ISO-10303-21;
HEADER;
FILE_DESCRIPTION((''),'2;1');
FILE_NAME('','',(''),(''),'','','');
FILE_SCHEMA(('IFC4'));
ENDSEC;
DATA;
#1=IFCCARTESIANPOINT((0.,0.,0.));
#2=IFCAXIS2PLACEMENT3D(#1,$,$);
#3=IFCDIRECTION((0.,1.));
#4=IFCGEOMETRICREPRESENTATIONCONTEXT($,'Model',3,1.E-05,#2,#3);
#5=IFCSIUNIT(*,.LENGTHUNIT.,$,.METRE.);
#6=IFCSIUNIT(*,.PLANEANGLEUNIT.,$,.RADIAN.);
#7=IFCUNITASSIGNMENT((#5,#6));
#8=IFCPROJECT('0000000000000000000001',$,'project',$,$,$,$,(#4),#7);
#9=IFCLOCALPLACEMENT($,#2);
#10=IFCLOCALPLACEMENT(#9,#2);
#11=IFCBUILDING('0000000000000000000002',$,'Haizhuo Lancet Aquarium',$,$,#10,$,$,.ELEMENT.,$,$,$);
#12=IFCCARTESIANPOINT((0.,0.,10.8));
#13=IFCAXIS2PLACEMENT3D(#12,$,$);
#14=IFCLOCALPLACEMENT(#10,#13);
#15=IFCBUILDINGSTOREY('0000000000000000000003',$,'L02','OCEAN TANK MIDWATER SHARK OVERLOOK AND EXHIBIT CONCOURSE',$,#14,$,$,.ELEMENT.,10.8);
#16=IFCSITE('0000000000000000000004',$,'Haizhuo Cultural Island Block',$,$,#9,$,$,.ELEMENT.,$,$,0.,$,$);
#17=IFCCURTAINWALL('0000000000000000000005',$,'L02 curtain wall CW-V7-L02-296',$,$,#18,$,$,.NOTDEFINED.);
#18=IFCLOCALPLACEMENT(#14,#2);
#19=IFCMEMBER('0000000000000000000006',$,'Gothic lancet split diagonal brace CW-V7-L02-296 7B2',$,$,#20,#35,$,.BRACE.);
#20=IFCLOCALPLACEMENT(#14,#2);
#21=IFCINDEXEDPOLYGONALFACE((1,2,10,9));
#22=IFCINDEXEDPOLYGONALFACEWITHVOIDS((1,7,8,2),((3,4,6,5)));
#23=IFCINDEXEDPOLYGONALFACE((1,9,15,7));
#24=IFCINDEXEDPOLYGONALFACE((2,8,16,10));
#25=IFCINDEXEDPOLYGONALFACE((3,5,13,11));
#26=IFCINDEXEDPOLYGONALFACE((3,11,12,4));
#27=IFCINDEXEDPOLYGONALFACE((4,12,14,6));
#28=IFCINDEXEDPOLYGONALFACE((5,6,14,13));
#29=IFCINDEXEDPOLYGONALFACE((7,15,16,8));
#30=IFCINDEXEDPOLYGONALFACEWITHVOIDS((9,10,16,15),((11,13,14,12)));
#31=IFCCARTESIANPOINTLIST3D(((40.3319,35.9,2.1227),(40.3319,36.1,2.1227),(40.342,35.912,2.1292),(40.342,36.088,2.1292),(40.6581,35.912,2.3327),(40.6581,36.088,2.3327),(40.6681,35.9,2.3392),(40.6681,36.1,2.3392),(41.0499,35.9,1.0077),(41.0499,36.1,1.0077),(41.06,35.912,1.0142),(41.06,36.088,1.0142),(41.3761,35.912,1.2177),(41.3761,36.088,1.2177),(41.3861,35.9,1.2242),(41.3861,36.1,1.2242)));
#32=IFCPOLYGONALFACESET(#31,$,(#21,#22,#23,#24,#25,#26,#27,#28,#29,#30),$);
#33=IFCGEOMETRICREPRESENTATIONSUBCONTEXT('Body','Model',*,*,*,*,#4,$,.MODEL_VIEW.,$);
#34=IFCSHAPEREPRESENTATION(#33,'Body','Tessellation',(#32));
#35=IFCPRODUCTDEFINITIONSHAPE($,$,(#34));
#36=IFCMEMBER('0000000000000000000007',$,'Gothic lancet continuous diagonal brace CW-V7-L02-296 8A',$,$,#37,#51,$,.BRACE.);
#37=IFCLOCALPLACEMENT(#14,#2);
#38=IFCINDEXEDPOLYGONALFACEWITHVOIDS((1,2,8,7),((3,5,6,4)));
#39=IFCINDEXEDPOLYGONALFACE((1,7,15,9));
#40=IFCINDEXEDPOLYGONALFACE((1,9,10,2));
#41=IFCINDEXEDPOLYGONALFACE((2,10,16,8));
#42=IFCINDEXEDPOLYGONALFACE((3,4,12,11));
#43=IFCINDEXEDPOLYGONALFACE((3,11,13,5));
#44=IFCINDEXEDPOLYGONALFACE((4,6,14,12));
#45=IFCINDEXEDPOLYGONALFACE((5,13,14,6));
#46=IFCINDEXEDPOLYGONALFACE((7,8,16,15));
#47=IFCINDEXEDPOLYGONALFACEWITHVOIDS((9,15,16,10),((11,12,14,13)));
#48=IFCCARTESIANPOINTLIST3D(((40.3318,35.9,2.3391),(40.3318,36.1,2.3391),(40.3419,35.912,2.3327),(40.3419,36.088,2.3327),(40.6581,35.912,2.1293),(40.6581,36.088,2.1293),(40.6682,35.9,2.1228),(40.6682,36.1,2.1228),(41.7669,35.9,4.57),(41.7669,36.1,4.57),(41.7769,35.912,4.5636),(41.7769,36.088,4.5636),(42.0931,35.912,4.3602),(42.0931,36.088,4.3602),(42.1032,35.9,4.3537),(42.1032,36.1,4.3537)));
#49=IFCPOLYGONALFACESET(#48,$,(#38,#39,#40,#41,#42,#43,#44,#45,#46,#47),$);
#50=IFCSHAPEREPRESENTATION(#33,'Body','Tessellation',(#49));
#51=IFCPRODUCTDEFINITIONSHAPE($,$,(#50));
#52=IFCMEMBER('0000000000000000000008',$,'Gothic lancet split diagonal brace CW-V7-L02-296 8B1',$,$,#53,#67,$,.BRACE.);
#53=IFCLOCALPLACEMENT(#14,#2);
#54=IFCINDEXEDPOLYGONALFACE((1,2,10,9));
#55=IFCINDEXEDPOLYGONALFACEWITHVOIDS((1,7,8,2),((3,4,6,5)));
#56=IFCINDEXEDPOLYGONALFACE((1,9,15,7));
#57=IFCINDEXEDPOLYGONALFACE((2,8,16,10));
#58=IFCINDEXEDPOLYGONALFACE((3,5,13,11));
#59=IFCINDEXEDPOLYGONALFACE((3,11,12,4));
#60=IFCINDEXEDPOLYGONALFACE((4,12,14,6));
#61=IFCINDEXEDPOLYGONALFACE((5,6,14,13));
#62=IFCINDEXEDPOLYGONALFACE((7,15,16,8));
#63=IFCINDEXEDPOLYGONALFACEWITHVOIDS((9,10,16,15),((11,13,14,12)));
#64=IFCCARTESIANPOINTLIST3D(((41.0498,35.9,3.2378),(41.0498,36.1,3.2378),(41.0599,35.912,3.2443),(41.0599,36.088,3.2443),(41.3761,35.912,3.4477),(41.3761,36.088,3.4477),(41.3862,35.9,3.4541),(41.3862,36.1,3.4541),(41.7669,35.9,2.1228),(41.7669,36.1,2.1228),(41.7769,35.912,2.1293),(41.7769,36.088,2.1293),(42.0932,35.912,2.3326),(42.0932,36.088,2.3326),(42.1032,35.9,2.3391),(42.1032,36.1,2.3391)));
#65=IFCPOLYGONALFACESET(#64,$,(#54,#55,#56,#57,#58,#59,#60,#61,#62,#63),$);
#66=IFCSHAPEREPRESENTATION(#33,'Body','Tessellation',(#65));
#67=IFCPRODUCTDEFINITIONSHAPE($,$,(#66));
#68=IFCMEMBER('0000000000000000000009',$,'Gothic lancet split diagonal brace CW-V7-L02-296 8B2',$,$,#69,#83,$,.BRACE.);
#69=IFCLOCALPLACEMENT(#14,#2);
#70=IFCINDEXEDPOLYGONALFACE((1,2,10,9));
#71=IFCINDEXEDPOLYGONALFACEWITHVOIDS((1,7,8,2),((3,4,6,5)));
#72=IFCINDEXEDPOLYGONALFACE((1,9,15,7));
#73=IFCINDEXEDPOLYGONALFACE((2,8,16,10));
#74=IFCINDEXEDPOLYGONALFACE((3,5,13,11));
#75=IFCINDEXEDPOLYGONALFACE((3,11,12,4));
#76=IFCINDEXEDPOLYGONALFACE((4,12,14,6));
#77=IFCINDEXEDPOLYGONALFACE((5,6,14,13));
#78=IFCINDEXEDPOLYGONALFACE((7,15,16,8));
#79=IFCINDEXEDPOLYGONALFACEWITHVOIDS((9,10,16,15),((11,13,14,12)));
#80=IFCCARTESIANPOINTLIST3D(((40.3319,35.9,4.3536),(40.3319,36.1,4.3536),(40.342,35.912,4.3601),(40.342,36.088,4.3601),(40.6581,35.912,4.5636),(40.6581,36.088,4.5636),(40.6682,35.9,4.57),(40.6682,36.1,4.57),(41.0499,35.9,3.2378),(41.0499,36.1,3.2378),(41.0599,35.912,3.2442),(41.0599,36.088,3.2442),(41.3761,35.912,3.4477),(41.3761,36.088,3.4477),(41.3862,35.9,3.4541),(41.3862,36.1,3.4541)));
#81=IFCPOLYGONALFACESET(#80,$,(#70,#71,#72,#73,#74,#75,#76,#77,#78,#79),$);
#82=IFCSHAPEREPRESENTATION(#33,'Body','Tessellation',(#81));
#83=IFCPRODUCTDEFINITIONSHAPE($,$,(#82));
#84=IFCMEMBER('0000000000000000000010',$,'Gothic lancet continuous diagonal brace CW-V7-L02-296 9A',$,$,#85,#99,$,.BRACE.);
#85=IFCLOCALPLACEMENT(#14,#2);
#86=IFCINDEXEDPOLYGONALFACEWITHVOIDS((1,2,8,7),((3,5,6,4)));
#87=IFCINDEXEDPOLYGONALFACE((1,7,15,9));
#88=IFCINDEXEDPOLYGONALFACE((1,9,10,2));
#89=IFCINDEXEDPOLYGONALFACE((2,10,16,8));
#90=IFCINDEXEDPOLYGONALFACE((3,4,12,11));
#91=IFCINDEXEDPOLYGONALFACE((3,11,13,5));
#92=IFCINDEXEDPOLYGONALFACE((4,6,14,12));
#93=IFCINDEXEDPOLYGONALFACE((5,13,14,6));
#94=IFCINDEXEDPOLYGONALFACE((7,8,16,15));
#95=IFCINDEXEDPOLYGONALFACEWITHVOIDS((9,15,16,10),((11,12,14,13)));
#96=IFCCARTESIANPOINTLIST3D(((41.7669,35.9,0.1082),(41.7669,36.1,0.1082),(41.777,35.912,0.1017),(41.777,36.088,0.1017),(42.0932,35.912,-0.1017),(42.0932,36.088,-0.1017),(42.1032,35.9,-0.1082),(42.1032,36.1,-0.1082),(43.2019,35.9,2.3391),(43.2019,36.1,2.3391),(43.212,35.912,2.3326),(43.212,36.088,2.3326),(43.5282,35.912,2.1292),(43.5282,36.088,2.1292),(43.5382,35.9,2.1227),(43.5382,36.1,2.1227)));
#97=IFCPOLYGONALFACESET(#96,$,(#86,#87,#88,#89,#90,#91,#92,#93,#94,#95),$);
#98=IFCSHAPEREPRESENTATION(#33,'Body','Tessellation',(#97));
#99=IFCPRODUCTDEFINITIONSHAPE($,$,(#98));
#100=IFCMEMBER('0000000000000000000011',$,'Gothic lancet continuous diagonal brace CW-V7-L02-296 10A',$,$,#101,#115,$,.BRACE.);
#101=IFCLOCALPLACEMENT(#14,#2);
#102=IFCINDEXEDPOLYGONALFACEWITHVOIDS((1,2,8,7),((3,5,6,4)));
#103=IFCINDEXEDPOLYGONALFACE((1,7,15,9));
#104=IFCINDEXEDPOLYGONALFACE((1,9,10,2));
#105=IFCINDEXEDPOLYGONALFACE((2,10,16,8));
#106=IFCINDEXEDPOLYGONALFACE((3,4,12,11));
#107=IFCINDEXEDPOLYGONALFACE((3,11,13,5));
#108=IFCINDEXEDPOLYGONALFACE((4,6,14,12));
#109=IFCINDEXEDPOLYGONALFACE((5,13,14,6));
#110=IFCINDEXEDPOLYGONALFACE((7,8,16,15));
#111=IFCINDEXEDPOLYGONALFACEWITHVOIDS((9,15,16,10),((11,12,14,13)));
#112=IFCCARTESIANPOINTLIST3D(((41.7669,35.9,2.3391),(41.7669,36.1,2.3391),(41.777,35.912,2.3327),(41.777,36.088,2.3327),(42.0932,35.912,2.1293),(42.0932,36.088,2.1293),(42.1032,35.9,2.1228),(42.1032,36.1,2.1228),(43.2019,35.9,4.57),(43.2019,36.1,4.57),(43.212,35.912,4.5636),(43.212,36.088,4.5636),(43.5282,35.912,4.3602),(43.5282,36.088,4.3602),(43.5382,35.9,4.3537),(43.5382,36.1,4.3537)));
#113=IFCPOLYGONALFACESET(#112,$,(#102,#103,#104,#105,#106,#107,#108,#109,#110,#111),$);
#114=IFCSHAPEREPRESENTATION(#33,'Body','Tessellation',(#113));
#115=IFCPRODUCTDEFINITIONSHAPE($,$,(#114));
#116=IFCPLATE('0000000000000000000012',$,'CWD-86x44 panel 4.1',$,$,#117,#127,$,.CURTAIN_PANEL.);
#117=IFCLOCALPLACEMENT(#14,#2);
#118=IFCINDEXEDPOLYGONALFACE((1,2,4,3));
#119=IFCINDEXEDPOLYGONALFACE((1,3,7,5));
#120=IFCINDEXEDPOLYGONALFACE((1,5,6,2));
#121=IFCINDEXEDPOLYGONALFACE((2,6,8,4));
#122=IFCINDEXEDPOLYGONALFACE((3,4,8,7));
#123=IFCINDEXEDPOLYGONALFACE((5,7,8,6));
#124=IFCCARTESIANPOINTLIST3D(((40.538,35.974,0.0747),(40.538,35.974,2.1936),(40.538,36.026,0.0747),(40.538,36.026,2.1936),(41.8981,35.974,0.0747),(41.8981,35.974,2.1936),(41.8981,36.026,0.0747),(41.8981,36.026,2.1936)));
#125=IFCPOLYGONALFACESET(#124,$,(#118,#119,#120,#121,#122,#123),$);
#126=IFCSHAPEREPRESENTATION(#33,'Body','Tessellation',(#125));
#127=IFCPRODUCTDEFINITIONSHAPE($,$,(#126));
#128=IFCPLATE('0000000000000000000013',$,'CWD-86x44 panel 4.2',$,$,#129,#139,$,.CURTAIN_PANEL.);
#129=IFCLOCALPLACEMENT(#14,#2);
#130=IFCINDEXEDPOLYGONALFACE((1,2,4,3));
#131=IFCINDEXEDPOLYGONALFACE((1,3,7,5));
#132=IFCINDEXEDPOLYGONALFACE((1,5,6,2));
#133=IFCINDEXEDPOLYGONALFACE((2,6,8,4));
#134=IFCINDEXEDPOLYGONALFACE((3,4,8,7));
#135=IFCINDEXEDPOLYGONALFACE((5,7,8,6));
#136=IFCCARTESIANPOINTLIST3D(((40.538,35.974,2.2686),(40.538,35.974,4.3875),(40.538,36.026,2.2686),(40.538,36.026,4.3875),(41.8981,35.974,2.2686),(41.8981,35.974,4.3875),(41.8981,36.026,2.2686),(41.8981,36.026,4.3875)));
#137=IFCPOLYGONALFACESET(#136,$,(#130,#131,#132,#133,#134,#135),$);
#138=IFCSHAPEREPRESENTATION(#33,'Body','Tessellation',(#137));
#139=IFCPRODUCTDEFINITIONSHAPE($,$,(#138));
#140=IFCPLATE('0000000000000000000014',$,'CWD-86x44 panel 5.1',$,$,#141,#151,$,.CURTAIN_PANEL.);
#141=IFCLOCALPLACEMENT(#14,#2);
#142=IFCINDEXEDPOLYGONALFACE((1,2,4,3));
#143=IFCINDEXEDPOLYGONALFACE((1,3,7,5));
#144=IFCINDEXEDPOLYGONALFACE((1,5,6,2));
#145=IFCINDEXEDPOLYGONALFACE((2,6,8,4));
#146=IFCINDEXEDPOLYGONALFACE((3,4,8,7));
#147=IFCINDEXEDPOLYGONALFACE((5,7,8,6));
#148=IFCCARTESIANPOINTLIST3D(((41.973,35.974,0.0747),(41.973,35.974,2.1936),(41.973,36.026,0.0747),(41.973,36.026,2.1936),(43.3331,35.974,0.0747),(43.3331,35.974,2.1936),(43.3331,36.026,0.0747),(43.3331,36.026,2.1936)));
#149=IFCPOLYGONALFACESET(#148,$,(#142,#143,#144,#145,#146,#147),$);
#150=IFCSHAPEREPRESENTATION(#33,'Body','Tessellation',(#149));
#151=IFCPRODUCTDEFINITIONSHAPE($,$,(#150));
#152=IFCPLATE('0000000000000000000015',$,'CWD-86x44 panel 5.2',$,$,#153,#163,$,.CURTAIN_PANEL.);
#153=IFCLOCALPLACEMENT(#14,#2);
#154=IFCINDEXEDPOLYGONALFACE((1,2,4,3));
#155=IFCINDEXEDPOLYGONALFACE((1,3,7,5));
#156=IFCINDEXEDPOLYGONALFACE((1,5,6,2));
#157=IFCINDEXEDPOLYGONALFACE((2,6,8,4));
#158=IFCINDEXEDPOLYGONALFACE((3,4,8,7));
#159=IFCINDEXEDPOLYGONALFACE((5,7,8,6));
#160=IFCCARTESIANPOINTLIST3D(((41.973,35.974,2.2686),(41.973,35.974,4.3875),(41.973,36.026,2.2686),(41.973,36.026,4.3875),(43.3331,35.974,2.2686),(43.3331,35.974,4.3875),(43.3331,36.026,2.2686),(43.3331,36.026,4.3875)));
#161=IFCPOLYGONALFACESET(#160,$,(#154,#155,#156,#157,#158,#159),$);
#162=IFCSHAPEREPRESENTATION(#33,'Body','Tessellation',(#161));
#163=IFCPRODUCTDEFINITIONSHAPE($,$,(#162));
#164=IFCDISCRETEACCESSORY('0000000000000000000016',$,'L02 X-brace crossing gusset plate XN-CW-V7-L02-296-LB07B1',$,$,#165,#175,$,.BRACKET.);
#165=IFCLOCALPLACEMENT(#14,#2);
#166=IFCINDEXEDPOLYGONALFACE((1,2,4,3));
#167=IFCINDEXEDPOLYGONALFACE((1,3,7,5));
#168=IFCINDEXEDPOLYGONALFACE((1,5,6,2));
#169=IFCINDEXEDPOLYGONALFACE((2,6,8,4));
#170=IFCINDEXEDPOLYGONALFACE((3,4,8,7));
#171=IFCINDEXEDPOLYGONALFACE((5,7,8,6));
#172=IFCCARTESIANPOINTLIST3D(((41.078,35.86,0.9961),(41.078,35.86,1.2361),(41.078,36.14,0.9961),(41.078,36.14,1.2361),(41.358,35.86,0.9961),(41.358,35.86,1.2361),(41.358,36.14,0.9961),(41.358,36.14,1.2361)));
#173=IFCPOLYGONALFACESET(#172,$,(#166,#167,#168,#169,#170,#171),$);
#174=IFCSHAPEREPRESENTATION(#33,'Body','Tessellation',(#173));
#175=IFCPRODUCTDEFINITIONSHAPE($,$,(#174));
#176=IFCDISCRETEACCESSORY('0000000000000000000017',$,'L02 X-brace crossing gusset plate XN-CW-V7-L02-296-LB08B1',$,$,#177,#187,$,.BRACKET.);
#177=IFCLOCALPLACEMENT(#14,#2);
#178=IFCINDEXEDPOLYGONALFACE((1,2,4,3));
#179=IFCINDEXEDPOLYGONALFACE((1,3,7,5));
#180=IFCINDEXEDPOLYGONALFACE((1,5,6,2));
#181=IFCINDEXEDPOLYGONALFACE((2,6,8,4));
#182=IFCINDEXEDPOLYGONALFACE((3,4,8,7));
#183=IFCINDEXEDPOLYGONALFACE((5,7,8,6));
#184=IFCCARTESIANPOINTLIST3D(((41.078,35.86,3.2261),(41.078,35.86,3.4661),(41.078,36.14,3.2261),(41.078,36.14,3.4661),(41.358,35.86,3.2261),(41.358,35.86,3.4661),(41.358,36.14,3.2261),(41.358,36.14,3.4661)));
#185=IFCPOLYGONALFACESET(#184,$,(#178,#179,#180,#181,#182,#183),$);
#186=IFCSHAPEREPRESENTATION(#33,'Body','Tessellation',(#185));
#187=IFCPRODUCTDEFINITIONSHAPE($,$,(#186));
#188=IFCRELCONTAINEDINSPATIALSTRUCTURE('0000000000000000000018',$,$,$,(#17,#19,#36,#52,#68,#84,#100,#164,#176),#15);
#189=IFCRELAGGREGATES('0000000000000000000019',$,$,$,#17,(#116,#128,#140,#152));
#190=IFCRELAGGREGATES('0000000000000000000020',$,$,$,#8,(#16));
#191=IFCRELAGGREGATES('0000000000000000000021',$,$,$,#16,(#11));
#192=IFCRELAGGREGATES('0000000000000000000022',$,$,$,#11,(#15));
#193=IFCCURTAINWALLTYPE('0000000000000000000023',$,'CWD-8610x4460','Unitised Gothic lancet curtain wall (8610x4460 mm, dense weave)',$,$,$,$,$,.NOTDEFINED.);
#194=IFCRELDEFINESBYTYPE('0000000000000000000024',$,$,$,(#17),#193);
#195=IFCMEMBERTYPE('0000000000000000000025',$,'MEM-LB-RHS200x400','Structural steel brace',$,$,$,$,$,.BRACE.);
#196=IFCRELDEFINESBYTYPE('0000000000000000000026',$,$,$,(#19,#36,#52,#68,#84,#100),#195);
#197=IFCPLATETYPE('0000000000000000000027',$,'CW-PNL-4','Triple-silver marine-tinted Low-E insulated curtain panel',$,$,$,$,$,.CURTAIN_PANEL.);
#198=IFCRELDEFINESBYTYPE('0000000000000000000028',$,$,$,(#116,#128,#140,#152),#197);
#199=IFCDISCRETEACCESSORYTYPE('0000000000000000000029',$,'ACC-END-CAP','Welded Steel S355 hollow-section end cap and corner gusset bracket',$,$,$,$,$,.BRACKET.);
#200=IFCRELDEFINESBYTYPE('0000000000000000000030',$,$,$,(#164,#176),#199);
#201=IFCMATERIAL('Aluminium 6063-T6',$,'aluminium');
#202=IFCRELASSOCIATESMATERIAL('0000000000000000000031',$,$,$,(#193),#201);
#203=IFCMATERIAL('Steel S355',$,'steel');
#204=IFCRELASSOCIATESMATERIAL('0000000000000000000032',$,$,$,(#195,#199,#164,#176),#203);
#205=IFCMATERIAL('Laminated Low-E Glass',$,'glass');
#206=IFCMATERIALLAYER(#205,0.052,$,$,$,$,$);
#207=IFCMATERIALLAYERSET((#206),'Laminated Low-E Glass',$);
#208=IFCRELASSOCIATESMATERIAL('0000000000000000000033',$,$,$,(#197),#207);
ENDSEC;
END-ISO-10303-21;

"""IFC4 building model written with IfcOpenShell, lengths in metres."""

from ifc_helpers import new_model, si_unit, direction, frame, origin, origin_2d, place, context, subcontext, project, spatial, rectangle, hollow_rectangle, extrude, material, layer, layer_set, material_profile, profile_set, type_object, element, aggregate, save


model = new_model("IFC4")

# Units and contexts
model_context = context("Model", 3, precision=1e-05, world=origin(), true_north=direction((0.0, 1.0)))
body_context = subcontext(model_context, "Body", "Model", "MODEL_VIEW")
ifc_project = project(units=[si_unit("LENGTHUNIT", "METRE"), si_unit("PLANEANGLEUNIT", "RADIAN")], contexts=[model_context])

# Site, building, storey
site_placement = place(None, origin())
site = spatial("IfcSite", under=ifc_project, at=site_placement, Name="Haizhuo Cultural Island Block", CompositionType="ELEMENT", RefElevation=0.0)
building_placement = place(site_placement, origin())
building = spatial("IfcBuilding", under=site, at=building_placement, Name="Haizhuo Lancet Aquarium", CompositionType="ELEMENT")
storey_placement = place(building_placement, frame((0.0, 0.0, 10.8)))
storey = spatial("IfcBuildingStorey", under=building, at=storey_placement, Name="L02", Description="OCEAN TANK MIDWATER SHARK OVERLOOK AND EXHIBIT CONCOURSE", CompositionType="ELEMENT", Elevation=10.8)

# Curtain wall
ifc_material_1 = material(Name="Aluminium 6063-T6", Category="aluminium")
curtain_wall_type = type_object("IfcCurtainWallType", Name="CWD-8610x4460", Description="Unitised Gothic lancet curtain wall (8610x4460 mm, dense weave)", PredefinedType="NOTDEFINED", material=ifc_material_1)
curtain_wall_placement = place(storey_placement, origin())
curtain_wall = element("IfcCurtainWall", 1, at=curtain_wall_placement, inside=storey, type_object=curtain_wall_type, Name="L02 curtain wall CW-V7-L02-296", PredefinedType="NOTDEFINED")

# Members
ifc_material_2 = material(Name="Steel S355", Category="steel")
ifc_material_profile_1 = material_profile(ifc_material_2, hollow_rectangle(XDim=0.2, YDim=0.3999, WallThickness=0.012, at=origin_2d()), Name="RHS 200x400x12")
ifc_profile_set_1 = profile_set([ifc_material_profile_1], Name="Steel S355")
member_type_1 = type_object("IfcMemberType", Name="MEM-LB-RHS200x400", Description="Structural steel brace", PredefinedType="BRACE", material=ifc_profile_set_1)
member_1_placement = place(storey_placement, frame((41.218, 36.0, 1.116), z_axis=(-0.541418, 0.0, 0.840754), x_axis=(0.0, -1.0, 0.0)))
element("IfcMember", 2, at=member_1_placement, inside=storey, type_object=member_type_1, Name="Gothic lancet split diagonal brace CW-V7-L02-296 7B2", PredefinedType="BRACE", context=body_context, shape_type="SweptSolid", body=[
    extrude(hollow_rectangle(XDim=0.2, YDim=0.3999, WallThickness=0.012, at=origin_2d()), origin(), (0.0, 0.0, 1.0), 1.3262),
])
member_2_placement = place(storey_placement, frame((40.5, 36.0, 2.231), z_axis=(0.54099, 0.0, 0.841029), x_axis=(0.0, 1.0, 0.0)))
element("IfcMember", 3, at=member_2_placement, inside=storey, type_object=member_type_1, Name="Gothic lancet continuous diagonal brace CW-V7-L02-296 8A", PredefinedType="BRACE", context=body_context, shape_type="SweptSolid", body=[
    extrude(hollow_rectangle(XDim=0.2, YDim=0.3999, WallThickness=0.012, at=origin_2d()), origin(), (0.0, 0.0, 1.0), 2.6526),
])
member_3_placement = place(storey_placement, frame((41.9351, 36.0, 2.231), z_axis=(-0.540897, 0.0, 0.841089), x_axis=(0.0, -1.0, 0.0)))
element("IfcMember", 4, at=member_3_placement, inside=storey, type_object=member_type_1, Name="Gothic lancet split diagonal brace CW-V7-L02-296 8B1", PredefinedType="BRACE", context=body_context, shape_type="SweptSolid", body=[
    extrude(hollow_rectangle(XDim=0.2, YDim=0.3999, WallThickness=0.012, at=origin_2d()), origin(), (0.0, 0.0, 1.0), 1.3257),
])
member_4_placement = place(storey_placement, frame((41.218, 36.0, 3.3459), z_axis=(-0.541083, 0.0, 0.840969), x_axis=(0.0, -1.0, 0.0)))
element("IfcMember", 5, at=member_4_placement, inside=storey, type_object=member_type_1, Name="Gothic lancet split diagonal brace CW-V7-L02-296 8B2", PredefinedType="BRACE", context=body_context, shape_type="SweptSolid", body=[
    extrude(hollow_rectangle(XDim=0.2, YDim=0.3999, WallThickness=0.012, at=origin_2d()), origin(), (0.0, 0.0, 1.0), 1.3269),
])
for number, where, z_axis, x_axis, name in (
    (6, (41.9351, 36.0, 0.0), (0.54099, 0.0, 0.841029), (0.0, 1.0, 0.0), "Gothic lancet continuous diagonal brace CW-V7-L02-296 9A"),
    (7, (41.9351, 36.0, 2.231), (0.54099, 0.0, 0.841029), (0.0, 1.0, 0.0), "Gothic lancet continuous diagonal brace CW-V7-L02-296 10A"),
):
    element("IfcMember", number, at=place(storey_placement, frame(where, z_axis=z_axis, x_axis=x_axis)), inside=storey, type_object=member_type_1, Name=name, PredefinedType="BRACE", context=body_context, shape_type="SweptSolid", body=[
        extrude(hollow_rectangle(XDim=0.2, YDim=0.3999, WallThickness=0.012, at=origin_2d()), origin(), (0.0, 0.0, 1.0), 2.6526),
    ])

# Plates
ifc_material_3 = material(Name="Laminated Low-E Glass", Category="glass")
ifc_layer = layer(ifc_material_3, 0.052)
ifc_layer_set = layer_set([ifc_layer], Name="Laminated Low-E Glass")
plate_type = type_object("IfcPlateType", Name="CW-PNL-4", Description="Triple-silver marine-tinted Low-E insulated curtain panel", PredefinedType="CURTAIN_PANEL", material=ifc_layer_set)
plate_1_placement = place(storey_placement, frame((41.218, 36.0, 0.0747), z_axis=(0.0, 0.0, 1.0), x_axis=(1.0, 0.0, 0.0)))
plate_1 = element("IfcPlate", 8, at=plate_1_placement, type_object=plate_type, Name="CWD-86x44 panel 4.1", PredefinedType="CURTAIN_PANEL", context=body_context, shape_type="SweptSolid", body=[
    extrude(rectangle(XDim=1.3601, YDim=0.052, at=origin_2d()), origin(), (0.0, 0.0, 1.0), 2.1189),
])
plate_2_placement = place(storey_placement, frame((41.218, 36.0, 2.2686), z_axis=(0.0, 0.0, 1.0), x_axis=(1.0, 0.0, 0.0)))
plate_2 = element("IfcPlate", 9, at=plate_2_placement, type_object=plate_type, Name="CWD-86x44 panel 4.2", PredefinedType="CURTAIN_PANEL", context=body_context, shape_type="SweptSolid", body=[
    extrude(rectangle(XDim=1.3601, YDim=0.052, at=origin_2d()), origin(), (0.0, 0.0, 1.0), 2.1189),
])
plate_3_placement = place(storey_placement, frame((42.6531, 36.0, 0.0747), z_axis=(0.0, 0.0, 1.0), x_axis=(1.0, 0.0, 0.0)))
plate_3 = element("IfcPlate", 10, at=plate_3_placement, type_object=plate_type, Name="CWD-86x44 panel 5.1", PredefinedType="CURTAIN_PANEL", context=body_context, shape_type="SweptSolid", body=[
    extrude(rectangle(XDim=1.3601, YDim=0.052, at=origin_2d()), origin(), (0.0, 0.0, 1.0), 2.1189),
])
plate_4_placement = place(storey_placement, frame((42.6531, 36.0, 2.2686), z_axis=(0.0, 0.0, 1.0), x_axis=(1.0, 0.0, 0.0)))
plate_4 = element("IfcPlate", 11, at=plate_4_placement, type_object=plate_type, Name="CWD-86x44 panel 5.2", PredefinedType="CURTAIN_PANEL", context=body_context, shape_type="SweptSolid", body=[
    extrude(rectangle(XDim=1.3601, YDim=0.052, at=origin_2d()), origin(), (0.0, 0.0, 1.0), 2.1189),
])
aggregate(curtain_wall, [plate_1, plate_2, plate_3, plate_4])

# Discrete accessories
discrete_accessory_type = type_object("IfcDiscreteAccessoryType", Name="ACC-END-CAP", Description="Welded Steel S355 hollow-section end cap and corner gusset bracket", PredefinedType="BRACKET", material=ifc_material_2)
for number, where, z_axis, x_axis, name in (
    (12, (41.218, 36.0, 0.9961), (0.0, 0.0, 1.0), (1.0, 0.0, 0.0), "L02 X-brace crossing gusset plate XN-CW-V7-L02-296-LB07B1"),
    (13, (41.218, 36.0, 3.2261), (0.0, 0.0, 1.0), (1.0, 0.0, 0.0), "L02 X-brace crossing gusset plate XN-CW-V7-L02-296-LB08B1"),
):
    element("IfcDiscreteAccessory", number, at=place(storey_placement, frame(where, z_axis=z_axis, x_axis=x_axis)), inside=storey, type_object=discrete_accessory_type, material=ifc_material_2, Name=name, PredefinedType="BRACKET", context=body_context, shape_type="SweptSolid", body=[
        extrude(rectangle(XDim=0.28, YDim=0.28, at=origin_2d()), origin(), (0.0, 0.0, 1.0), 0.24),
    ])

save(model, "model.ifc")
